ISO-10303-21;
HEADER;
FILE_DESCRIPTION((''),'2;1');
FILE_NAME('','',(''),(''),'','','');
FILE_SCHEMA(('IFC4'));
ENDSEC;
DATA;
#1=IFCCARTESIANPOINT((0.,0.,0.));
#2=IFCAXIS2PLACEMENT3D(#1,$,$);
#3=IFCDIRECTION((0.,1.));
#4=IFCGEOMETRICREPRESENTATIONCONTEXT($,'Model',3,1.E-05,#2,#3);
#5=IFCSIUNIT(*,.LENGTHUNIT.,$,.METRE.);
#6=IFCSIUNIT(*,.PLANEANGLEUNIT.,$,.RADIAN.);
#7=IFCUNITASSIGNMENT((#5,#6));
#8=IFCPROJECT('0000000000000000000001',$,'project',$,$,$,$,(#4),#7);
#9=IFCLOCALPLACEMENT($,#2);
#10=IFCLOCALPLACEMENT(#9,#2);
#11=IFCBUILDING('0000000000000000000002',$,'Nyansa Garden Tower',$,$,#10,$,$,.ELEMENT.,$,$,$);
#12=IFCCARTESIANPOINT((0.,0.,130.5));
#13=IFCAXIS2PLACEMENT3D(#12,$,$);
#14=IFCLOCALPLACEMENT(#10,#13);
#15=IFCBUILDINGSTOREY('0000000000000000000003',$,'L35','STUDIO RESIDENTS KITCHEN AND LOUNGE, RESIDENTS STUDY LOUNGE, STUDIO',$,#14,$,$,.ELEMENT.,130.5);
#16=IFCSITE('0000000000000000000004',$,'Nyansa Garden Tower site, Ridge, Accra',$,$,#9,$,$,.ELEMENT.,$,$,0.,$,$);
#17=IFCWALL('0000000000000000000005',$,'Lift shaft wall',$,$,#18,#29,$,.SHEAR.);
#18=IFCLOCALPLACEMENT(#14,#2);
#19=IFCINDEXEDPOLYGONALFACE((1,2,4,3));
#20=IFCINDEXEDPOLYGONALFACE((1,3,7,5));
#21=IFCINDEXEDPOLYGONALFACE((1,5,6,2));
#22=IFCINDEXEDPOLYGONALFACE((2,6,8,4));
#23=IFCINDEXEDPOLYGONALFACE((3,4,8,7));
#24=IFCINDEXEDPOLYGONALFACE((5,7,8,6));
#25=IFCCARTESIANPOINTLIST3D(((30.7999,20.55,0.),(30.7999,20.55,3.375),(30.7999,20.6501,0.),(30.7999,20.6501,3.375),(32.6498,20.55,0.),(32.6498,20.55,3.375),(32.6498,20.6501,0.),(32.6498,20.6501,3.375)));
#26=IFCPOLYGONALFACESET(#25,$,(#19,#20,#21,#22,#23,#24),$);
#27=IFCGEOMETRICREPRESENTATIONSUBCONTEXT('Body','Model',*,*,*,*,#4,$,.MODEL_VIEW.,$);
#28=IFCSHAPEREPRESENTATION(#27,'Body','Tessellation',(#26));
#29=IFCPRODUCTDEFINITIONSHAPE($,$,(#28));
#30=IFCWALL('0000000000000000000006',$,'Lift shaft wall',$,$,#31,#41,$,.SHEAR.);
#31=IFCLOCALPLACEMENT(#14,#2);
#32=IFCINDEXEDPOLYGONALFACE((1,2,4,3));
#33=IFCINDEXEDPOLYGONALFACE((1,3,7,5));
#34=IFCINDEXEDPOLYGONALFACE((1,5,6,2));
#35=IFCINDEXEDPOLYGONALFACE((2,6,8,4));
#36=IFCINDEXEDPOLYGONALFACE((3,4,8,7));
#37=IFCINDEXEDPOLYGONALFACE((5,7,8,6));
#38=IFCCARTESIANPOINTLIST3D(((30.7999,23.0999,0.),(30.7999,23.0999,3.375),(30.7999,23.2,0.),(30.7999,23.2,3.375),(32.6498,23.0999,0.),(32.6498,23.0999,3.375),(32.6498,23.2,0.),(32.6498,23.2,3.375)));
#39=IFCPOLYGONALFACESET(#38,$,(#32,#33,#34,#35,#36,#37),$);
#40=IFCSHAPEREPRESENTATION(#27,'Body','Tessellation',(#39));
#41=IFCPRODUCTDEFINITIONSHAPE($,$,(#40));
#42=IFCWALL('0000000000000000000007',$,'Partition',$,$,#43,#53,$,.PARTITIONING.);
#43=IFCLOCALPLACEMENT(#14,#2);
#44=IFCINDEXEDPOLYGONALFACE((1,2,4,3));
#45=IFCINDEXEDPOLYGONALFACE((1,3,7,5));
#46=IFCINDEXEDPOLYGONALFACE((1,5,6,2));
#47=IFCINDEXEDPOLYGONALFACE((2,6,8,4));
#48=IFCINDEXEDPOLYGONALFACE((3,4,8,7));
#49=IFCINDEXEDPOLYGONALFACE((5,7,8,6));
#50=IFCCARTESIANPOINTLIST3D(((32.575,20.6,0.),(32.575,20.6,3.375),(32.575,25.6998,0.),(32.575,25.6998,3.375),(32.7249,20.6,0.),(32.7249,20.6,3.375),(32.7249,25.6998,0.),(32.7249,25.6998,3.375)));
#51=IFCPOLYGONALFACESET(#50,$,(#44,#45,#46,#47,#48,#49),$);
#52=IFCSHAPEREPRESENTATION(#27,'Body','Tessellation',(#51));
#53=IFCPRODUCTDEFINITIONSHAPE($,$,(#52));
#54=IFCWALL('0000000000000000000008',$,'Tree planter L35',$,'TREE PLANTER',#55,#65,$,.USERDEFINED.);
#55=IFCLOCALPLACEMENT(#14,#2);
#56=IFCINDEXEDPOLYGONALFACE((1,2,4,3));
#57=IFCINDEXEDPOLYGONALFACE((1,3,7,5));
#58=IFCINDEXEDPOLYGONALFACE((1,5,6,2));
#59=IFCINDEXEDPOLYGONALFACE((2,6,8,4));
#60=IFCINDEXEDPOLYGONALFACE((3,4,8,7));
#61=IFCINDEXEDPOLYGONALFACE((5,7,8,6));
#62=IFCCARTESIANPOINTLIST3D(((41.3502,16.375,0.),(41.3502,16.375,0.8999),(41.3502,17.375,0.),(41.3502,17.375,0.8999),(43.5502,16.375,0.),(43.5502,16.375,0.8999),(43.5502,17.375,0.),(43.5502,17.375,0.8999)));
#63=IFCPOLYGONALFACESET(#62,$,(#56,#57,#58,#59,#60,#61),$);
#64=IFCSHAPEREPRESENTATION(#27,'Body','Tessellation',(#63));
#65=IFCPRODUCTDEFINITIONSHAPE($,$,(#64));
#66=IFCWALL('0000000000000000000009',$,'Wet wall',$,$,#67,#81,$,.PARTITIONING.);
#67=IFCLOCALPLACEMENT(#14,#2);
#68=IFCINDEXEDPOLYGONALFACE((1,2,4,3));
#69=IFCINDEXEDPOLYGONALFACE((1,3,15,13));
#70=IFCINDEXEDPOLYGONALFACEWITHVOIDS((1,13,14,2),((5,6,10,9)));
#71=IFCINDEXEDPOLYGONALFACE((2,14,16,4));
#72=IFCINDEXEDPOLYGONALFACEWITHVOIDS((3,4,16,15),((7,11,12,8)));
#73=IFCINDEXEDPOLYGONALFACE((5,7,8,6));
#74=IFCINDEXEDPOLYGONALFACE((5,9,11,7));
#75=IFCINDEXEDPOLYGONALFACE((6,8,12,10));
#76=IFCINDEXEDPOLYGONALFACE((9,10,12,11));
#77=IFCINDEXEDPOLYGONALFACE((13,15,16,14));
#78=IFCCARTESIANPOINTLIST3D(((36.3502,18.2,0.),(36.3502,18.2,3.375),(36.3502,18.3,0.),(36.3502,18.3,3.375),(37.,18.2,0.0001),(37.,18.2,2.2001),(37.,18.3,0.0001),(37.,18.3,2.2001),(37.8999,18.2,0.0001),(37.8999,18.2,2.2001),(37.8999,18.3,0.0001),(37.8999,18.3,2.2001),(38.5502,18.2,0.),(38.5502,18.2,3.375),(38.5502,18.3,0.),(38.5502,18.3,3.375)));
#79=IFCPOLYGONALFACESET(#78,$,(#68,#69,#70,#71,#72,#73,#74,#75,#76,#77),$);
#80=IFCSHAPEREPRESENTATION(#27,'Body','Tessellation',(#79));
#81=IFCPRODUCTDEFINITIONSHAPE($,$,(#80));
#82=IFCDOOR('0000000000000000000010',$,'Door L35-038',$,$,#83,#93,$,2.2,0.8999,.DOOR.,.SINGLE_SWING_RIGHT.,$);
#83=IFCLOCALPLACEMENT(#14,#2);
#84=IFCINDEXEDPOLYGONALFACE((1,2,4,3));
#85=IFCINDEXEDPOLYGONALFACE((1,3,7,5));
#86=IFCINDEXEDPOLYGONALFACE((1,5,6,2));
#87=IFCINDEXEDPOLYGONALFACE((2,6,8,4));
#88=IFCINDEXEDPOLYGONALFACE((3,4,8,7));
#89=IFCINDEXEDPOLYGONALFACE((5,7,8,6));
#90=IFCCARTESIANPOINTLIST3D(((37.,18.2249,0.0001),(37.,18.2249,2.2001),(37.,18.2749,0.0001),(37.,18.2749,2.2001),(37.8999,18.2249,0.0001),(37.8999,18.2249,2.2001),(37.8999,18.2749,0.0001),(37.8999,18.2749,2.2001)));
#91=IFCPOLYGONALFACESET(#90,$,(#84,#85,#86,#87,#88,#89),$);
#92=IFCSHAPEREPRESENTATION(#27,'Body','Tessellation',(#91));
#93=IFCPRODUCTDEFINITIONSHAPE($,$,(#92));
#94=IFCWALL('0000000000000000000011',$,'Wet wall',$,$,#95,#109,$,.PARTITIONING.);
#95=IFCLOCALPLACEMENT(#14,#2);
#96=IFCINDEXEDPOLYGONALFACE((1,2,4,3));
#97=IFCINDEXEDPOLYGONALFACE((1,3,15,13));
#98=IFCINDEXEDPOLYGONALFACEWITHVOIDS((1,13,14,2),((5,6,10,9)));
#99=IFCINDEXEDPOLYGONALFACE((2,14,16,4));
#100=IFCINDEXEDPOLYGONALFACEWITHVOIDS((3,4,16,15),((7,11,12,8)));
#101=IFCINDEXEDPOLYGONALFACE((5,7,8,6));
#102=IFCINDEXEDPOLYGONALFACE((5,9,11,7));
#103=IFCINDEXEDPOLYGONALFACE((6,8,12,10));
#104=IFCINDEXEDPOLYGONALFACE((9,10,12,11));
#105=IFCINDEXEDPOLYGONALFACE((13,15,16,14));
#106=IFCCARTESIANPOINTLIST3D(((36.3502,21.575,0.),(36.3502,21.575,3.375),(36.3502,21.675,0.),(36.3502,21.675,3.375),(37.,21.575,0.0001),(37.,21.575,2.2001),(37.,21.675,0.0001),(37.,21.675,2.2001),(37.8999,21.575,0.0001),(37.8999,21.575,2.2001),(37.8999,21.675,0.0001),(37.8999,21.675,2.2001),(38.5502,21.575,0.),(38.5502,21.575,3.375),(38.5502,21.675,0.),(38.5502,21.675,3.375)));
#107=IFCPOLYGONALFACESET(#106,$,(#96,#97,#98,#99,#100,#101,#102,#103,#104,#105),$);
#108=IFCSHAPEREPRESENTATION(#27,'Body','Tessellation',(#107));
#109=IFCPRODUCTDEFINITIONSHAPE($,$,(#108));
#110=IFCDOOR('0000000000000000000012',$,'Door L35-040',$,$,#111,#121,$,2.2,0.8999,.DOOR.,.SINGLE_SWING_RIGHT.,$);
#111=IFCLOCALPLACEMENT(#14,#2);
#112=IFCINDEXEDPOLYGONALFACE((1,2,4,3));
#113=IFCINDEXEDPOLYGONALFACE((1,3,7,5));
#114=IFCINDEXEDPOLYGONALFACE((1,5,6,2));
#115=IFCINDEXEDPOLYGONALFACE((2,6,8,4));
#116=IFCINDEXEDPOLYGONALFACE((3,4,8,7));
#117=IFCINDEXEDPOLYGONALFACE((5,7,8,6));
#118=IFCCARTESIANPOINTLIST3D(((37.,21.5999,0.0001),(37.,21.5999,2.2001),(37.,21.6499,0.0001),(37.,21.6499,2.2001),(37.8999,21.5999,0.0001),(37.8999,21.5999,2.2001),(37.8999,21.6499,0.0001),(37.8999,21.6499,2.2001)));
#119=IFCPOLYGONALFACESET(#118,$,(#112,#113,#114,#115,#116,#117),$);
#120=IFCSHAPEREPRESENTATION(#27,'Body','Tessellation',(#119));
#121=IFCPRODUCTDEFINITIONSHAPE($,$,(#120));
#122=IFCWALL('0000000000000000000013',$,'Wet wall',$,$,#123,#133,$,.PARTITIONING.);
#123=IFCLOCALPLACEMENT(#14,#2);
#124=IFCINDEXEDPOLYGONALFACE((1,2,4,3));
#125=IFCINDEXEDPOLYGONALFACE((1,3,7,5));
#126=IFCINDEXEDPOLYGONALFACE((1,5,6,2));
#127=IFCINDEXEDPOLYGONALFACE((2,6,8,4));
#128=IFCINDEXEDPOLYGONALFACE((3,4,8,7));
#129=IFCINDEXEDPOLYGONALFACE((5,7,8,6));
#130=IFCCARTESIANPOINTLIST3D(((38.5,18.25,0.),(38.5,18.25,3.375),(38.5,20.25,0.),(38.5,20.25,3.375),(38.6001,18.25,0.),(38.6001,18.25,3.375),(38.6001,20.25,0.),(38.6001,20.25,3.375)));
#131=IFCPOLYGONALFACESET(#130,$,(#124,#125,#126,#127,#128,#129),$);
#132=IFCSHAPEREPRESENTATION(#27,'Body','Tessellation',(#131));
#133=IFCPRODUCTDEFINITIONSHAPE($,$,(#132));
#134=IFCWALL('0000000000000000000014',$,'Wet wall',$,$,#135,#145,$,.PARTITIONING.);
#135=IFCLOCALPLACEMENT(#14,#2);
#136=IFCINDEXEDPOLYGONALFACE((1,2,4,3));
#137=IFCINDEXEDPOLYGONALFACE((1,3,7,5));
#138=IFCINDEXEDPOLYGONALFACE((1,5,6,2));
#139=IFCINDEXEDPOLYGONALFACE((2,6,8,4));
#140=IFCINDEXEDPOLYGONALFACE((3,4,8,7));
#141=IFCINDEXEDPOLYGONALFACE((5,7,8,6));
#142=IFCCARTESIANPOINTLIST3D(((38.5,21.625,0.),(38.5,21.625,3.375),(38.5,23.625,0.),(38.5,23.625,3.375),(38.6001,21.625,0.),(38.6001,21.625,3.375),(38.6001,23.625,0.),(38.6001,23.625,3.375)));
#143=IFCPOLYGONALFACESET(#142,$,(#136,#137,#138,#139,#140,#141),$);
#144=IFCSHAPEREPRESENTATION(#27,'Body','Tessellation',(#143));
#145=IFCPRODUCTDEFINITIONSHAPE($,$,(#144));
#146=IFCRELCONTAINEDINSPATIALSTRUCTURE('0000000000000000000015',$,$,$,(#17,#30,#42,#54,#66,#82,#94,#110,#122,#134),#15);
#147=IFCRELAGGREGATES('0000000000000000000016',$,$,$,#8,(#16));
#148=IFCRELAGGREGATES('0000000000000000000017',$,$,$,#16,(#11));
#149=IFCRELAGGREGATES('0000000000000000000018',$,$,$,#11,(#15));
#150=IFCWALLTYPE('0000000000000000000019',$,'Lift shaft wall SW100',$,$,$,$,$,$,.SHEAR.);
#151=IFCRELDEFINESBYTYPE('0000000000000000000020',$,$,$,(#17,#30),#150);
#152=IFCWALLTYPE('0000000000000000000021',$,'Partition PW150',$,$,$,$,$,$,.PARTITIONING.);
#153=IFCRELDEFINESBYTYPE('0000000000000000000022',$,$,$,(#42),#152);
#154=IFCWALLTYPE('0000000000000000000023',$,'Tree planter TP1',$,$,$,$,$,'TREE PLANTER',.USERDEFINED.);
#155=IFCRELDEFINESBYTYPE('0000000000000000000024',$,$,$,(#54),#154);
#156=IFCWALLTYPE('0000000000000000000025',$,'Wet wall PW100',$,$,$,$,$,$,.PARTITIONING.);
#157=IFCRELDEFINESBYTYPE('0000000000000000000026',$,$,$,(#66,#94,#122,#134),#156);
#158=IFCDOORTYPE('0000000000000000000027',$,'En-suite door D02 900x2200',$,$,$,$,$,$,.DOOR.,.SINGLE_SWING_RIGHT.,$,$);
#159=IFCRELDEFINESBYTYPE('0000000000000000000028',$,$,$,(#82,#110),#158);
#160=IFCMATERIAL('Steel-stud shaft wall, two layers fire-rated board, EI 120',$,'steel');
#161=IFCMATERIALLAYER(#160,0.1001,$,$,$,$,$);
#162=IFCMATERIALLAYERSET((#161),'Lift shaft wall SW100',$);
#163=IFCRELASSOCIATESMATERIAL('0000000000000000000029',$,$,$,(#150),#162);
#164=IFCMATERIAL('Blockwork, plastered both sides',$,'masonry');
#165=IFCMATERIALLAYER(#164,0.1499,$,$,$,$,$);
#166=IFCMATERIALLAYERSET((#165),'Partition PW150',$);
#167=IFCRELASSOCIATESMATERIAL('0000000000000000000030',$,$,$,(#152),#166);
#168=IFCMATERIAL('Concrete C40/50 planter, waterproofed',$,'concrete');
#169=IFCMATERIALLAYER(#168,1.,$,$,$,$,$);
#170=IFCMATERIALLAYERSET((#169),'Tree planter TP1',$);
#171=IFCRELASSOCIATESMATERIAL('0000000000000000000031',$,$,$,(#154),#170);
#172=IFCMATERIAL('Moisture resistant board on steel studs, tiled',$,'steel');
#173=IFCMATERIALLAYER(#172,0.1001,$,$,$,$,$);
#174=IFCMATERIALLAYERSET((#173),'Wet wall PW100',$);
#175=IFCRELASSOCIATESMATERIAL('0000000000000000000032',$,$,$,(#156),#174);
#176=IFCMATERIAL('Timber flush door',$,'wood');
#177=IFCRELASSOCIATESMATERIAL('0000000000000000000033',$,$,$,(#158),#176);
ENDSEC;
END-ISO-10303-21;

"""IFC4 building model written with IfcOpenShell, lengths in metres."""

from ifc_helpers import new_model, si_unit, direction, frame, frame_2d, origin, place, context, subcontext, project, spatial, rectangle, extrude, material, layer, layer_set, type_object, element, fill, save


model = new_model("IFC4")

# Units and contexts
model_context = context("Model", 3, precision=1e-05, world=origin(), true_north=direction((0.0, 1.0)))
body_context = subcontext(model_context, "Body", "Model", "MODEL_VIEW")
ifc_project = project(units=[si_unit("LENGTHUNIT", "METRE"), si_unit("PLANEANGLEUNIT", "RADIAN")], contexts=[model_context])

# Site, building, storey
site_placement = place(None, origin())
site = spatial("IfcSite", under=ifc_project, at=site_placement, Name="Nyansa Garden Tower site, Ridge, Accra", CompositionType="ELEMENT", RefElevation=0.0)
building_placement = place(site_placement, origin())
building = spatial("IfcBuilding", under=site, at=building_placement, Name="Nyansa Garden Tower", CompositionType="ELEMENT")
storey_placement = place(building_placement, frame((0.0, 0.0, 130.5)))
storey = spatial("IfcBuildingStorey", under=building, at=storey_placement, Name="L35", Description="STUDIO RESIDENTS KITCHEN AND LOUNGE, RESIDENTS STUDY LOUNGE, STUDIO", CompositionType="ELEMENT", Elevation=130.5)

# Walls
ifc_material_1 = material(Name="Steel-stud shaft wall, two layers fire-rated board, EI 120", Category="steel")
ifc_layer_1 = layer(ifc_material_1, 0.1001)
ifc_layer_set_1 = layer_set([ifc_layer_1], Name="Lift shaft wall SW100")
wall_type_1 = type_object("IfcWallType", Name="Lift shaft wall SW100", PredefinedType="SHEAR", material=ifc_layer_set_1)
for number, where, z_axis, x_axis, name in (
    (1, (30.8, 20.6001, 0.0), (0.0, 0.0, 1.0), (1.0, 0.0, 0.0), "Lift shaft wall"),
    (2, (30.8, 23.1499, 0.0), (0.0, 0.0, 1.0), (1.0, 0.0, 0.0), "Lift shaft wall"),
):
    element("IfcWall", number, at=place(storey_placement, frame(where, z_axis=z_axis, x_axis=x_axis)), inside=storey, type_object=wall_type_1, Name=name, PredefinedType="SHEAR", context=body_context, shape_type="SweptSolid", body=[
        extrude(rectangle(XDim=1.8499, YDim=0.1001, at=frame_2d((0.9248, 0.0))), origin(), (0.0, 0.0, 1.0), 3.375),
    ])
ifc_material_2 = material(Name="Blockwork, plastered both sides", Category="masonry")
ifc_layer_2 = layer(ifc_material_2, 0.1499)
ifc_layer_set_2 = layer_set([ifc_layer_2], Name="Partition PW150")
wall_type_2 = type_object("IfcWallType", Name="Partition PW150", PredefinedType="PARTITIONING", material=ifc_layer_set_2)
wall_1_placement = place(storey_placement, frame((32.6499, 20.6001, 0.0), z_axis=(0.0, 0.0, 1.0), x_axis=(0.0, 1.0, 0.0)))
element("IfcWall", 3, at=wall_1_placement, inside=storey, type_object=wall_type_2, Name="Partition", PredefinedType="PARTITIONING", context=body_context, shape_type="SweptSolid", body=[
    extrude(rectangle(XDim=5.0999, YDim=0.1499, at=frame_2d((2.5498, 0.0))), origin(), (0.0, 0.0, 1.0), 3.375),
])
ifc_material_3 = material(Name="Concrete C40/50 planter, waterproofed", Category="concrete")
ifc_layer_3 = layer(ifc_material_3, 1.0)
ifc_layer_set_3 = layer_set([ifc_layer_3], Name="Tree planter TP1")
wall_type_3 = type_object("IfcWallType", Name="Tree planter TP1", ElementType="TREE PLANTER", PredefinedType="USERDEFINED", material=ifc_layer_set_3)
wall_2_placement = place(storey_placement, frame((41.3501, 16.875, 0.0), z_axis=(0.0, 0.0, 1.0), x_axis=(1.0, 0.0, 0.0)))
element("IfcWall", 4, at=wall_2_placement, inside=storey, type_object=wall_type_3, Name="Tree planter L35", ObjectType="TREE PLANTER", PredefinedType="USERDEFINED", context=body_context, shape_type="SweptSolid", body=[
    extrude(rectangle(XDim=2.2, YDim=1.0, at=frame_2d((1.1001, 0.0))), origin(), (0.0, 0.0, 1.0), 0.8999),
])

# Walls, openings, doors
ifc_material_4 = material(Name="Moisture resistant board on steel studs, tiled", Category="steel")
ifc_layer_4 = layer(ifc_material_4, 0.1001)
ifc_layer_set_4 = layer_set([ifc_layer_4], Name="Wet wall PW100")
wall_type_4 = type_object("IfcWallType", Name="Wet wall PW100", PredefinedType="PARTITIONING", material=ifc_layer_set_4)
wall_3_placement = place(storey_placement, frame((36.3501, 18.25, 0.0), z_axis=(0.0, 0.0, 1.0), x_axis=(1.0, 0.0, 0.0)))
wall_3 = element("IfcWall", 5, at=wall_3_placement, inside=storey, type_object=wall_type_4, Name="Wet wall", PredefinedType="PARTITIONING", context=body_context, shape_type="SweptSolid", body=[
    extrude(rectangle(XDim=2.2, YDim=0.1001, at=frame_2d((1.1001, 0.0))), origin(), (0.0, 0.0, 1.0), 3.375),
])
opening_1_placement = place(wall_3_placement, frame((0.6499, 0.0, 0.0)))
opening_1 = element("IfcOpeningElement", 6, at=opening_1_placement, cuts=wall_3, PredefinedType="OPENING", context=body_context, shape_type="SweptSolid", body=[
    extrude(rectangle(XDim=0.8999, YDim=2.2, at=frame_2d((0.45, 1.1001))), frame((0.0, 0.0601, 0.0), z_axis=(0.0, -1.0, 0.0), x_axis=(1.0, 0.0, 0.0)), (0.0, 0.0, 1.0), 0.1201),
])
ifc_material_5 = material(Name="Timber flush door", Category="wood")
door_type_1 = type_object("IfcDoorType", Name="En-suite door D02 900x2200", OperationType="SINGLE_SWING_RIGHT", PredefinedType="DOOR", material=ifc_material_5)
door_1_placement = place(opening_1_placement, origin())
door_1 = element("IfcDoor", 7, at=door_1_placement, inside=storey, type_object=door_type_1, Name="Door L35-038", OperationType="SINGLE_SWING_RIGHT", OverallHeight=2.2, OverallWidth=0.8999, PredefinedType="DOOR", context=body_context, shape_type="SweptSolid", body=[
    extrude(rectangle(XDim=0.8999, YDim=2.2, at=frame_2d((0.45, 1.1001))), frame((0.0, 0.0249, 0.0), z_axis=(0.0, -1.0, 0.0), x_axis=(1.0, 0.0, 0.0)), (0.0, 0.0, 1.0), 0.05),
])
fill(opening_1, door_1)
wall_4_placement = place(storey_placement, frame((36.3501, 21.625, 0.0), z_axis=(0.0, 0.0, 1.0), x_axis=(1.0, 0.0, 0.0)))
wall_4 = element("IfcWall", 8, at=wall_4_placement, inside=storey, type_object=wall_type_4, Name="Wet wall", PredefinedType="PARTITIONING", context=body_context, shape_type="SweptSolid", body=[
    extrude(rectangle(XDim=2.2, YDim=0.1001, at=frame_2d((1.1001, 0.0))), origin(), (0.0, 0.0, 1.0), 3.375),
])
opening_2_placement = place(wall_4_placement, frame((0.6499, 0.0, 0.0)))
opening_2 = element("IfcOpeningElement", 9, at=opening_2_placement, cuts=wall_4, PredefinedType="OPENING", context=body_context, shape_type="SweptSolid", body=[
    extrude(rectangle(XDim=0.8999, YDim=2.2, at=frame_2d((0.45, 1.1001))), frame((0.0, 0.0601, 0.0), z_axis=(0.0, -1.0, 0.0), x_axis=(1.0, 0.0, 0.0)), (0.0, 0.0, 1.0), 0.1201),
])
door_2_placement = place(opening_2_placement, origin())
door_2 = element("IfcDoor", 10, at=door_2_placement, inside=storey, type_object=door_type_1, Name="Door L35-040", OperationType="SINGLE_SWING_RIGHT", OverallHeight=2.2, OverallWidth=0.8999, PredefinedType="DOOR", context=body_context, shape_type="SweptSolid", body=[
    extrude(rectangle(XDim=0.8999, YDim=2.2, at=frame_2d((0.45, 1.1001))), frame((0.0, 0.0249, 0.0), z_axis=(0.0, -1.0, 0.0), x_axis=(1.0, 0.0, 0.0)), (0.0, 0.0, 1.0), 0.05),
])
fill(opening_2, door_2)

# Walls
for number, where, z_axis, x_axis, name in (
    (11, (38.55, 18.25, 0.0), (0.0, 0.0, 1.0), (0.0, 1.0, 0.0), "Wet wall"),
    (12, (38.55, 21.625, 0.0), (0.0, 0.0, 1.0), (0.0, 1.0, 0.0), "Wet wall"),
):
    element("IfcWall", number, at=place(storey_placement, frame(where, z_axis=z_axis, x_axis=x_axis)), inside=storey, type_object=wall_type_4, Name=name, PredefinedType="PARTITIONING", context=body_context, shape_type="SweptSolid", body=[
        extrude(rectangle(XDim=2.0, YDim=0.1001, at=frame_2d((1.0, 0.0))), origin(), (0.0, 0.0, 1.0), 3.375),
    ])

save(model, "model.ifc")
